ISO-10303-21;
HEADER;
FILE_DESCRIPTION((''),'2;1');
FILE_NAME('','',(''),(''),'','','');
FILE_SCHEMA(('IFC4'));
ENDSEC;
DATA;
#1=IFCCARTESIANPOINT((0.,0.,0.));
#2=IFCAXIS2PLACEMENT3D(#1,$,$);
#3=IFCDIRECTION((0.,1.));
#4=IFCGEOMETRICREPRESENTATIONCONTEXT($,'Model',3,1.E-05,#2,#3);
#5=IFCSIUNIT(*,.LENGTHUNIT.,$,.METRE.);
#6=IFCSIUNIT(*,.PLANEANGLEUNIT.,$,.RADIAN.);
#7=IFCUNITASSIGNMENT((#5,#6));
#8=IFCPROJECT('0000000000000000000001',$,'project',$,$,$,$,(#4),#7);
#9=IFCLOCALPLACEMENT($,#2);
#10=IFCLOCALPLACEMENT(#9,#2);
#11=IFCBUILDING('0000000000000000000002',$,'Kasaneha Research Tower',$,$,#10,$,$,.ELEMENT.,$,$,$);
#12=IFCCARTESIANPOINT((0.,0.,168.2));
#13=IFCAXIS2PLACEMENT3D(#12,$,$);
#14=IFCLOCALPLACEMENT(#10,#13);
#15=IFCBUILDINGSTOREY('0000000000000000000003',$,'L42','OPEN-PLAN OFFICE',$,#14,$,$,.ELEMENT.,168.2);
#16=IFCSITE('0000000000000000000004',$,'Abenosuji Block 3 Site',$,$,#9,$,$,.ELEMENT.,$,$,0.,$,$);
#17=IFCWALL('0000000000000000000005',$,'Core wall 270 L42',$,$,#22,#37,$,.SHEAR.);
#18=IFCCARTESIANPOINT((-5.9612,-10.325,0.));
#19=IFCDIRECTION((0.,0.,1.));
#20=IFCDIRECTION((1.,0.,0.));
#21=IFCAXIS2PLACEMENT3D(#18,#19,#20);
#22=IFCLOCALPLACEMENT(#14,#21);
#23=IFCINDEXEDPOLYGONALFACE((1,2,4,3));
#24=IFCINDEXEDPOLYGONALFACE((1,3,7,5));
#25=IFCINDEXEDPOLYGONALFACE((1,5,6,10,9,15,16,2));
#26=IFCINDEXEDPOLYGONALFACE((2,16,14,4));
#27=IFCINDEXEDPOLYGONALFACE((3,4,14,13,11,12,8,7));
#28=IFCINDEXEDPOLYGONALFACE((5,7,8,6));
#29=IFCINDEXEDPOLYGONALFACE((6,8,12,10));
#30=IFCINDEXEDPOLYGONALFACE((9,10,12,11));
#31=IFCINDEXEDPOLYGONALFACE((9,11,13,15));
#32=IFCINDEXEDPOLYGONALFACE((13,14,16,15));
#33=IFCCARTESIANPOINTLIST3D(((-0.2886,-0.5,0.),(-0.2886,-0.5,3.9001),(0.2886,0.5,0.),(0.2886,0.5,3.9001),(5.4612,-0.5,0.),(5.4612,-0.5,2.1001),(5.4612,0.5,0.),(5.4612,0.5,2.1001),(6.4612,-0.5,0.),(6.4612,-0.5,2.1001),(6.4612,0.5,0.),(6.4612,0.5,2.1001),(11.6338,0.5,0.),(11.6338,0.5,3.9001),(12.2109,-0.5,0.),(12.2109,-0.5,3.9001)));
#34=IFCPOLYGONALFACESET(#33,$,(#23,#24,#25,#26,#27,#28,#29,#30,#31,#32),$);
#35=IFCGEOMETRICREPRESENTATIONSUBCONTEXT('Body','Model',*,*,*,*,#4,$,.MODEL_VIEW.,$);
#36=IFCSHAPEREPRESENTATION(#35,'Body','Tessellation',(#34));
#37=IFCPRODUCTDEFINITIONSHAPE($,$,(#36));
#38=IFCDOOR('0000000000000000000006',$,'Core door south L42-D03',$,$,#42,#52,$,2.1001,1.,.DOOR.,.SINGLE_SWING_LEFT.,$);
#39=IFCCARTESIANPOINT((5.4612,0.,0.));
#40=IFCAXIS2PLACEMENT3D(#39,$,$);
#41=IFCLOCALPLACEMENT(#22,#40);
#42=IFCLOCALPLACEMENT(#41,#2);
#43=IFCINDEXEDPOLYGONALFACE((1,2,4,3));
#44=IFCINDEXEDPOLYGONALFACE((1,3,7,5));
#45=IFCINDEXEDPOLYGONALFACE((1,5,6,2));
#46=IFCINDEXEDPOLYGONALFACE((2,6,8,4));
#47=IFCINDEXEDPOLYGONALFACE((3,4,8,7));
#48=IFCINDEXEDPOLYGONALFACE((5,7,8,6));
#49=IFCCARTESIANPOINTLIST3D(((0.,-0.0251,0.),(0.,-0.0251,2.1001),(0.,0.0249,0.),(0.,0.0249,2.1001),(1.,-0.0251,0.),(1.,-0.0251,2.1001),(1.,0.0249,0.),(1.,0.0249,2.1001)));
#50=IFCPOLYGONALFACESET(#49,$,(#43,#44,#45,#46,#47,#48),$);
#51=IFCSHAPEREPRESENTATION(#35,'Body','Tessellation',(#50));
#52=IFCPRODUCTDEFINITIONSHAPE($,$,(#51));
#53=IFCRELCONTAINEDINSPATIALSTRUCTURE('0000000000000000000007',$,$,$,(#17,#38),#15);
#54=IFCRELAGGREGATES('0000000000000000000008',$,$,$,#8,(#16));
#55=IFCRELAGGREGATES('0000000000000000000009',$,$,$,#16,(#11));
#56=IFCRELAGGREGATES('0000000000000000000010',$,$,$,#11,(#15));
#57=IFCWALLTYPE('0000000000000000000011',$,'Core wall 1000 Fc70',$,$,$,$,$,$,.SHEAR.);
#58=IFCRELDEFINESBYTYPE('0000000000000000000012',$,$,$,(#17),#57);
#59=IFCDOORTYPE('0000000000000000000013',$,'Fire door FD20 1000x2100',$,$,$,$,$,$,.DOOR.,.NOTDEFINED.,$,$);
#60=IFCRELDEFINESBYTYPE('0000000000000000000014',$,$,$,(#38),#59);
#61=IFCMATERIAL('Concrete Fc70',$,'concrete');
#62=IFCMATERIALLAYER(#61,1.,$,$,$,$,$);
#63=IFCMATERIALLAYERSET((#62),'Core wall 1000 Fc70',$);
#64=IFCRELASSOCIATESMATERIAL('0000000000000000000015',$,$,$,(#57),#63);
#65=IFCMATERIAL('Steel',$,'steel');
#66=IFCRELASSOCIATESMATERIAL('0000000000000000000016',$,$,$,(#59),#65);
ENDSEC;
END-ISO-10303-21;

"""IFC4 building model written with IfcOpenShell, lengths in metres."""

from ifc_helpers import new_model, si_unit, direction, frame, frame_2d, origin, place, context, subcontext, project, spatial, polyline, rectangle, outline, extrude, material, layer, layer_set, type_object, element, fill, save


model = new_model("IFC4")

# Units and contexts
model_context = context("Model", 3, precision=1e-05, world=origin(), true_north=direction((0.0, 1.0)))
body_context = subcontext(model_context, "Body", "Model", "MODEL_VIEW")
ifc_project = project(units=[si_unit("LENGTHUNIT", "METRE"), si_unit("PLANEANGLEUNIT", "RADIAN")], contexts=[model_context])

# Site, building, storey
site_placement = place(None, origin())
site = spatial("IfcSite", under=ifc_project, at=site_placement, Name="Abenosuji Block 3 Site", CompositionType="ELEMENT", RefElevation=0.0)
building_placement = place(site_placement, origin())
building = spatial("IfcBuilding", under=site, at=building_placement, Name="Kasaneha Research Tower", CompositionType="ELEMENT")
storey_placement = place(building_placement, frame((0.0, 0.0, 168.2)))
storey = spatial("IfcBuildingStorey", under=building, at=storey_placement, Name="L42", Description="OPEN-PLAN OFFICE", CompositionType="ELEMENT", Elevation=168.2)

# Wall, opening, door
ifc_material_1 = material(Name="Concrete Fc70", Category="concrete")
ifc_layer_1 = layer(ifc_material_1, 1.0)
ifc_layer_set_1 = layer_set([ifc_layer_1], Name="Core wall 1000 Fc70")
wall_type_1 = type_object("IfcWallType", Name="Core wall 1000 Fc70", PredefinedType="SHEAR", material=ifc_layer_set_1)
wall_1_placement = place(storey_placement, frame((-5.9612, -10.325, 0.0), z_axis=(0.0, 0.0, 1.0), x_axis=(1.0, 0.0, 0.0)))
wall_1 = element("IfcWall", 1, at=wall_1_placement, inside=storey, type_object=wall_type_1, Name="Core wall 270 L42", PredefinedType="SHEAR", context=body_context, shape_type="SweptSolid", body=[
    extrude(outline(polyline([(-0.2886, -0.5), (5.4612, -0.5), (6.4612, -0.5), (12.2109, -0.5), (11.6338, 0.5), (6.4612, 0.5), (5.4612, 0.5), (0.2886, 0.5), (-0.2886, -0.5)])), origin(), (0.0, 0.0, 1.0), 3.9001),
])
opening_1_placement = place(wall_1_placement, frame((5.4612, 0.0, 0.0)))
opening_1 = element("IfcOpeningElement", 2, at=opening_1_placement, cuts=wall_1, PredefinedType="OPENING", context=body_context, shape_type="SweptSolid", body=[
    extrude(rectangle(XDim=1.0, YDim=2.1001, at=frame_2d((0.5, 1.05))), frame((0.0, 0.51, 0.0), z_axis=(0.0, -1.0, 0.0), x_axis=(1.0, 0.0, 0.0)), (0.0, 0.0, 1.0), 1.02),
])
ifc_material_2 = material(Name="Steel", Category="steel")
door_type_1 = type_object("IfcDoorType", Name="Fire door FD20 1000x2100", OperationType="NOTDEFINED", PredefinedType="DOOR", material=ifc_material_2)
door_1_placement = place(opening_1_placement, origin())
door_1 = element("IfcDoor", 3, at=door_1_placement, inside=storey, type_object=door_type_1, Name="Core door south L42-D03", OperationType="SINGLE_SWING_LEFT", OverallHeight=2.1001, OverallWidth=1.0, PredefinedType="DOOR", context=body_context, shape_type="SweptSolid", body=[
    extrude(rectangle(XDim=1.0, YDim=2.1001, at=frame_2d((0.5, 1.05))), frame((0.0, 0.0249, 0.0), z_axis=(0.0, -1.0, 0.0), x_axis=(1.0, 0.0, 0.0)), (0.0, 0.0, 1.0), 0.05),
])
fill(opening_1, door_1)

save(model, "model.ifc")
